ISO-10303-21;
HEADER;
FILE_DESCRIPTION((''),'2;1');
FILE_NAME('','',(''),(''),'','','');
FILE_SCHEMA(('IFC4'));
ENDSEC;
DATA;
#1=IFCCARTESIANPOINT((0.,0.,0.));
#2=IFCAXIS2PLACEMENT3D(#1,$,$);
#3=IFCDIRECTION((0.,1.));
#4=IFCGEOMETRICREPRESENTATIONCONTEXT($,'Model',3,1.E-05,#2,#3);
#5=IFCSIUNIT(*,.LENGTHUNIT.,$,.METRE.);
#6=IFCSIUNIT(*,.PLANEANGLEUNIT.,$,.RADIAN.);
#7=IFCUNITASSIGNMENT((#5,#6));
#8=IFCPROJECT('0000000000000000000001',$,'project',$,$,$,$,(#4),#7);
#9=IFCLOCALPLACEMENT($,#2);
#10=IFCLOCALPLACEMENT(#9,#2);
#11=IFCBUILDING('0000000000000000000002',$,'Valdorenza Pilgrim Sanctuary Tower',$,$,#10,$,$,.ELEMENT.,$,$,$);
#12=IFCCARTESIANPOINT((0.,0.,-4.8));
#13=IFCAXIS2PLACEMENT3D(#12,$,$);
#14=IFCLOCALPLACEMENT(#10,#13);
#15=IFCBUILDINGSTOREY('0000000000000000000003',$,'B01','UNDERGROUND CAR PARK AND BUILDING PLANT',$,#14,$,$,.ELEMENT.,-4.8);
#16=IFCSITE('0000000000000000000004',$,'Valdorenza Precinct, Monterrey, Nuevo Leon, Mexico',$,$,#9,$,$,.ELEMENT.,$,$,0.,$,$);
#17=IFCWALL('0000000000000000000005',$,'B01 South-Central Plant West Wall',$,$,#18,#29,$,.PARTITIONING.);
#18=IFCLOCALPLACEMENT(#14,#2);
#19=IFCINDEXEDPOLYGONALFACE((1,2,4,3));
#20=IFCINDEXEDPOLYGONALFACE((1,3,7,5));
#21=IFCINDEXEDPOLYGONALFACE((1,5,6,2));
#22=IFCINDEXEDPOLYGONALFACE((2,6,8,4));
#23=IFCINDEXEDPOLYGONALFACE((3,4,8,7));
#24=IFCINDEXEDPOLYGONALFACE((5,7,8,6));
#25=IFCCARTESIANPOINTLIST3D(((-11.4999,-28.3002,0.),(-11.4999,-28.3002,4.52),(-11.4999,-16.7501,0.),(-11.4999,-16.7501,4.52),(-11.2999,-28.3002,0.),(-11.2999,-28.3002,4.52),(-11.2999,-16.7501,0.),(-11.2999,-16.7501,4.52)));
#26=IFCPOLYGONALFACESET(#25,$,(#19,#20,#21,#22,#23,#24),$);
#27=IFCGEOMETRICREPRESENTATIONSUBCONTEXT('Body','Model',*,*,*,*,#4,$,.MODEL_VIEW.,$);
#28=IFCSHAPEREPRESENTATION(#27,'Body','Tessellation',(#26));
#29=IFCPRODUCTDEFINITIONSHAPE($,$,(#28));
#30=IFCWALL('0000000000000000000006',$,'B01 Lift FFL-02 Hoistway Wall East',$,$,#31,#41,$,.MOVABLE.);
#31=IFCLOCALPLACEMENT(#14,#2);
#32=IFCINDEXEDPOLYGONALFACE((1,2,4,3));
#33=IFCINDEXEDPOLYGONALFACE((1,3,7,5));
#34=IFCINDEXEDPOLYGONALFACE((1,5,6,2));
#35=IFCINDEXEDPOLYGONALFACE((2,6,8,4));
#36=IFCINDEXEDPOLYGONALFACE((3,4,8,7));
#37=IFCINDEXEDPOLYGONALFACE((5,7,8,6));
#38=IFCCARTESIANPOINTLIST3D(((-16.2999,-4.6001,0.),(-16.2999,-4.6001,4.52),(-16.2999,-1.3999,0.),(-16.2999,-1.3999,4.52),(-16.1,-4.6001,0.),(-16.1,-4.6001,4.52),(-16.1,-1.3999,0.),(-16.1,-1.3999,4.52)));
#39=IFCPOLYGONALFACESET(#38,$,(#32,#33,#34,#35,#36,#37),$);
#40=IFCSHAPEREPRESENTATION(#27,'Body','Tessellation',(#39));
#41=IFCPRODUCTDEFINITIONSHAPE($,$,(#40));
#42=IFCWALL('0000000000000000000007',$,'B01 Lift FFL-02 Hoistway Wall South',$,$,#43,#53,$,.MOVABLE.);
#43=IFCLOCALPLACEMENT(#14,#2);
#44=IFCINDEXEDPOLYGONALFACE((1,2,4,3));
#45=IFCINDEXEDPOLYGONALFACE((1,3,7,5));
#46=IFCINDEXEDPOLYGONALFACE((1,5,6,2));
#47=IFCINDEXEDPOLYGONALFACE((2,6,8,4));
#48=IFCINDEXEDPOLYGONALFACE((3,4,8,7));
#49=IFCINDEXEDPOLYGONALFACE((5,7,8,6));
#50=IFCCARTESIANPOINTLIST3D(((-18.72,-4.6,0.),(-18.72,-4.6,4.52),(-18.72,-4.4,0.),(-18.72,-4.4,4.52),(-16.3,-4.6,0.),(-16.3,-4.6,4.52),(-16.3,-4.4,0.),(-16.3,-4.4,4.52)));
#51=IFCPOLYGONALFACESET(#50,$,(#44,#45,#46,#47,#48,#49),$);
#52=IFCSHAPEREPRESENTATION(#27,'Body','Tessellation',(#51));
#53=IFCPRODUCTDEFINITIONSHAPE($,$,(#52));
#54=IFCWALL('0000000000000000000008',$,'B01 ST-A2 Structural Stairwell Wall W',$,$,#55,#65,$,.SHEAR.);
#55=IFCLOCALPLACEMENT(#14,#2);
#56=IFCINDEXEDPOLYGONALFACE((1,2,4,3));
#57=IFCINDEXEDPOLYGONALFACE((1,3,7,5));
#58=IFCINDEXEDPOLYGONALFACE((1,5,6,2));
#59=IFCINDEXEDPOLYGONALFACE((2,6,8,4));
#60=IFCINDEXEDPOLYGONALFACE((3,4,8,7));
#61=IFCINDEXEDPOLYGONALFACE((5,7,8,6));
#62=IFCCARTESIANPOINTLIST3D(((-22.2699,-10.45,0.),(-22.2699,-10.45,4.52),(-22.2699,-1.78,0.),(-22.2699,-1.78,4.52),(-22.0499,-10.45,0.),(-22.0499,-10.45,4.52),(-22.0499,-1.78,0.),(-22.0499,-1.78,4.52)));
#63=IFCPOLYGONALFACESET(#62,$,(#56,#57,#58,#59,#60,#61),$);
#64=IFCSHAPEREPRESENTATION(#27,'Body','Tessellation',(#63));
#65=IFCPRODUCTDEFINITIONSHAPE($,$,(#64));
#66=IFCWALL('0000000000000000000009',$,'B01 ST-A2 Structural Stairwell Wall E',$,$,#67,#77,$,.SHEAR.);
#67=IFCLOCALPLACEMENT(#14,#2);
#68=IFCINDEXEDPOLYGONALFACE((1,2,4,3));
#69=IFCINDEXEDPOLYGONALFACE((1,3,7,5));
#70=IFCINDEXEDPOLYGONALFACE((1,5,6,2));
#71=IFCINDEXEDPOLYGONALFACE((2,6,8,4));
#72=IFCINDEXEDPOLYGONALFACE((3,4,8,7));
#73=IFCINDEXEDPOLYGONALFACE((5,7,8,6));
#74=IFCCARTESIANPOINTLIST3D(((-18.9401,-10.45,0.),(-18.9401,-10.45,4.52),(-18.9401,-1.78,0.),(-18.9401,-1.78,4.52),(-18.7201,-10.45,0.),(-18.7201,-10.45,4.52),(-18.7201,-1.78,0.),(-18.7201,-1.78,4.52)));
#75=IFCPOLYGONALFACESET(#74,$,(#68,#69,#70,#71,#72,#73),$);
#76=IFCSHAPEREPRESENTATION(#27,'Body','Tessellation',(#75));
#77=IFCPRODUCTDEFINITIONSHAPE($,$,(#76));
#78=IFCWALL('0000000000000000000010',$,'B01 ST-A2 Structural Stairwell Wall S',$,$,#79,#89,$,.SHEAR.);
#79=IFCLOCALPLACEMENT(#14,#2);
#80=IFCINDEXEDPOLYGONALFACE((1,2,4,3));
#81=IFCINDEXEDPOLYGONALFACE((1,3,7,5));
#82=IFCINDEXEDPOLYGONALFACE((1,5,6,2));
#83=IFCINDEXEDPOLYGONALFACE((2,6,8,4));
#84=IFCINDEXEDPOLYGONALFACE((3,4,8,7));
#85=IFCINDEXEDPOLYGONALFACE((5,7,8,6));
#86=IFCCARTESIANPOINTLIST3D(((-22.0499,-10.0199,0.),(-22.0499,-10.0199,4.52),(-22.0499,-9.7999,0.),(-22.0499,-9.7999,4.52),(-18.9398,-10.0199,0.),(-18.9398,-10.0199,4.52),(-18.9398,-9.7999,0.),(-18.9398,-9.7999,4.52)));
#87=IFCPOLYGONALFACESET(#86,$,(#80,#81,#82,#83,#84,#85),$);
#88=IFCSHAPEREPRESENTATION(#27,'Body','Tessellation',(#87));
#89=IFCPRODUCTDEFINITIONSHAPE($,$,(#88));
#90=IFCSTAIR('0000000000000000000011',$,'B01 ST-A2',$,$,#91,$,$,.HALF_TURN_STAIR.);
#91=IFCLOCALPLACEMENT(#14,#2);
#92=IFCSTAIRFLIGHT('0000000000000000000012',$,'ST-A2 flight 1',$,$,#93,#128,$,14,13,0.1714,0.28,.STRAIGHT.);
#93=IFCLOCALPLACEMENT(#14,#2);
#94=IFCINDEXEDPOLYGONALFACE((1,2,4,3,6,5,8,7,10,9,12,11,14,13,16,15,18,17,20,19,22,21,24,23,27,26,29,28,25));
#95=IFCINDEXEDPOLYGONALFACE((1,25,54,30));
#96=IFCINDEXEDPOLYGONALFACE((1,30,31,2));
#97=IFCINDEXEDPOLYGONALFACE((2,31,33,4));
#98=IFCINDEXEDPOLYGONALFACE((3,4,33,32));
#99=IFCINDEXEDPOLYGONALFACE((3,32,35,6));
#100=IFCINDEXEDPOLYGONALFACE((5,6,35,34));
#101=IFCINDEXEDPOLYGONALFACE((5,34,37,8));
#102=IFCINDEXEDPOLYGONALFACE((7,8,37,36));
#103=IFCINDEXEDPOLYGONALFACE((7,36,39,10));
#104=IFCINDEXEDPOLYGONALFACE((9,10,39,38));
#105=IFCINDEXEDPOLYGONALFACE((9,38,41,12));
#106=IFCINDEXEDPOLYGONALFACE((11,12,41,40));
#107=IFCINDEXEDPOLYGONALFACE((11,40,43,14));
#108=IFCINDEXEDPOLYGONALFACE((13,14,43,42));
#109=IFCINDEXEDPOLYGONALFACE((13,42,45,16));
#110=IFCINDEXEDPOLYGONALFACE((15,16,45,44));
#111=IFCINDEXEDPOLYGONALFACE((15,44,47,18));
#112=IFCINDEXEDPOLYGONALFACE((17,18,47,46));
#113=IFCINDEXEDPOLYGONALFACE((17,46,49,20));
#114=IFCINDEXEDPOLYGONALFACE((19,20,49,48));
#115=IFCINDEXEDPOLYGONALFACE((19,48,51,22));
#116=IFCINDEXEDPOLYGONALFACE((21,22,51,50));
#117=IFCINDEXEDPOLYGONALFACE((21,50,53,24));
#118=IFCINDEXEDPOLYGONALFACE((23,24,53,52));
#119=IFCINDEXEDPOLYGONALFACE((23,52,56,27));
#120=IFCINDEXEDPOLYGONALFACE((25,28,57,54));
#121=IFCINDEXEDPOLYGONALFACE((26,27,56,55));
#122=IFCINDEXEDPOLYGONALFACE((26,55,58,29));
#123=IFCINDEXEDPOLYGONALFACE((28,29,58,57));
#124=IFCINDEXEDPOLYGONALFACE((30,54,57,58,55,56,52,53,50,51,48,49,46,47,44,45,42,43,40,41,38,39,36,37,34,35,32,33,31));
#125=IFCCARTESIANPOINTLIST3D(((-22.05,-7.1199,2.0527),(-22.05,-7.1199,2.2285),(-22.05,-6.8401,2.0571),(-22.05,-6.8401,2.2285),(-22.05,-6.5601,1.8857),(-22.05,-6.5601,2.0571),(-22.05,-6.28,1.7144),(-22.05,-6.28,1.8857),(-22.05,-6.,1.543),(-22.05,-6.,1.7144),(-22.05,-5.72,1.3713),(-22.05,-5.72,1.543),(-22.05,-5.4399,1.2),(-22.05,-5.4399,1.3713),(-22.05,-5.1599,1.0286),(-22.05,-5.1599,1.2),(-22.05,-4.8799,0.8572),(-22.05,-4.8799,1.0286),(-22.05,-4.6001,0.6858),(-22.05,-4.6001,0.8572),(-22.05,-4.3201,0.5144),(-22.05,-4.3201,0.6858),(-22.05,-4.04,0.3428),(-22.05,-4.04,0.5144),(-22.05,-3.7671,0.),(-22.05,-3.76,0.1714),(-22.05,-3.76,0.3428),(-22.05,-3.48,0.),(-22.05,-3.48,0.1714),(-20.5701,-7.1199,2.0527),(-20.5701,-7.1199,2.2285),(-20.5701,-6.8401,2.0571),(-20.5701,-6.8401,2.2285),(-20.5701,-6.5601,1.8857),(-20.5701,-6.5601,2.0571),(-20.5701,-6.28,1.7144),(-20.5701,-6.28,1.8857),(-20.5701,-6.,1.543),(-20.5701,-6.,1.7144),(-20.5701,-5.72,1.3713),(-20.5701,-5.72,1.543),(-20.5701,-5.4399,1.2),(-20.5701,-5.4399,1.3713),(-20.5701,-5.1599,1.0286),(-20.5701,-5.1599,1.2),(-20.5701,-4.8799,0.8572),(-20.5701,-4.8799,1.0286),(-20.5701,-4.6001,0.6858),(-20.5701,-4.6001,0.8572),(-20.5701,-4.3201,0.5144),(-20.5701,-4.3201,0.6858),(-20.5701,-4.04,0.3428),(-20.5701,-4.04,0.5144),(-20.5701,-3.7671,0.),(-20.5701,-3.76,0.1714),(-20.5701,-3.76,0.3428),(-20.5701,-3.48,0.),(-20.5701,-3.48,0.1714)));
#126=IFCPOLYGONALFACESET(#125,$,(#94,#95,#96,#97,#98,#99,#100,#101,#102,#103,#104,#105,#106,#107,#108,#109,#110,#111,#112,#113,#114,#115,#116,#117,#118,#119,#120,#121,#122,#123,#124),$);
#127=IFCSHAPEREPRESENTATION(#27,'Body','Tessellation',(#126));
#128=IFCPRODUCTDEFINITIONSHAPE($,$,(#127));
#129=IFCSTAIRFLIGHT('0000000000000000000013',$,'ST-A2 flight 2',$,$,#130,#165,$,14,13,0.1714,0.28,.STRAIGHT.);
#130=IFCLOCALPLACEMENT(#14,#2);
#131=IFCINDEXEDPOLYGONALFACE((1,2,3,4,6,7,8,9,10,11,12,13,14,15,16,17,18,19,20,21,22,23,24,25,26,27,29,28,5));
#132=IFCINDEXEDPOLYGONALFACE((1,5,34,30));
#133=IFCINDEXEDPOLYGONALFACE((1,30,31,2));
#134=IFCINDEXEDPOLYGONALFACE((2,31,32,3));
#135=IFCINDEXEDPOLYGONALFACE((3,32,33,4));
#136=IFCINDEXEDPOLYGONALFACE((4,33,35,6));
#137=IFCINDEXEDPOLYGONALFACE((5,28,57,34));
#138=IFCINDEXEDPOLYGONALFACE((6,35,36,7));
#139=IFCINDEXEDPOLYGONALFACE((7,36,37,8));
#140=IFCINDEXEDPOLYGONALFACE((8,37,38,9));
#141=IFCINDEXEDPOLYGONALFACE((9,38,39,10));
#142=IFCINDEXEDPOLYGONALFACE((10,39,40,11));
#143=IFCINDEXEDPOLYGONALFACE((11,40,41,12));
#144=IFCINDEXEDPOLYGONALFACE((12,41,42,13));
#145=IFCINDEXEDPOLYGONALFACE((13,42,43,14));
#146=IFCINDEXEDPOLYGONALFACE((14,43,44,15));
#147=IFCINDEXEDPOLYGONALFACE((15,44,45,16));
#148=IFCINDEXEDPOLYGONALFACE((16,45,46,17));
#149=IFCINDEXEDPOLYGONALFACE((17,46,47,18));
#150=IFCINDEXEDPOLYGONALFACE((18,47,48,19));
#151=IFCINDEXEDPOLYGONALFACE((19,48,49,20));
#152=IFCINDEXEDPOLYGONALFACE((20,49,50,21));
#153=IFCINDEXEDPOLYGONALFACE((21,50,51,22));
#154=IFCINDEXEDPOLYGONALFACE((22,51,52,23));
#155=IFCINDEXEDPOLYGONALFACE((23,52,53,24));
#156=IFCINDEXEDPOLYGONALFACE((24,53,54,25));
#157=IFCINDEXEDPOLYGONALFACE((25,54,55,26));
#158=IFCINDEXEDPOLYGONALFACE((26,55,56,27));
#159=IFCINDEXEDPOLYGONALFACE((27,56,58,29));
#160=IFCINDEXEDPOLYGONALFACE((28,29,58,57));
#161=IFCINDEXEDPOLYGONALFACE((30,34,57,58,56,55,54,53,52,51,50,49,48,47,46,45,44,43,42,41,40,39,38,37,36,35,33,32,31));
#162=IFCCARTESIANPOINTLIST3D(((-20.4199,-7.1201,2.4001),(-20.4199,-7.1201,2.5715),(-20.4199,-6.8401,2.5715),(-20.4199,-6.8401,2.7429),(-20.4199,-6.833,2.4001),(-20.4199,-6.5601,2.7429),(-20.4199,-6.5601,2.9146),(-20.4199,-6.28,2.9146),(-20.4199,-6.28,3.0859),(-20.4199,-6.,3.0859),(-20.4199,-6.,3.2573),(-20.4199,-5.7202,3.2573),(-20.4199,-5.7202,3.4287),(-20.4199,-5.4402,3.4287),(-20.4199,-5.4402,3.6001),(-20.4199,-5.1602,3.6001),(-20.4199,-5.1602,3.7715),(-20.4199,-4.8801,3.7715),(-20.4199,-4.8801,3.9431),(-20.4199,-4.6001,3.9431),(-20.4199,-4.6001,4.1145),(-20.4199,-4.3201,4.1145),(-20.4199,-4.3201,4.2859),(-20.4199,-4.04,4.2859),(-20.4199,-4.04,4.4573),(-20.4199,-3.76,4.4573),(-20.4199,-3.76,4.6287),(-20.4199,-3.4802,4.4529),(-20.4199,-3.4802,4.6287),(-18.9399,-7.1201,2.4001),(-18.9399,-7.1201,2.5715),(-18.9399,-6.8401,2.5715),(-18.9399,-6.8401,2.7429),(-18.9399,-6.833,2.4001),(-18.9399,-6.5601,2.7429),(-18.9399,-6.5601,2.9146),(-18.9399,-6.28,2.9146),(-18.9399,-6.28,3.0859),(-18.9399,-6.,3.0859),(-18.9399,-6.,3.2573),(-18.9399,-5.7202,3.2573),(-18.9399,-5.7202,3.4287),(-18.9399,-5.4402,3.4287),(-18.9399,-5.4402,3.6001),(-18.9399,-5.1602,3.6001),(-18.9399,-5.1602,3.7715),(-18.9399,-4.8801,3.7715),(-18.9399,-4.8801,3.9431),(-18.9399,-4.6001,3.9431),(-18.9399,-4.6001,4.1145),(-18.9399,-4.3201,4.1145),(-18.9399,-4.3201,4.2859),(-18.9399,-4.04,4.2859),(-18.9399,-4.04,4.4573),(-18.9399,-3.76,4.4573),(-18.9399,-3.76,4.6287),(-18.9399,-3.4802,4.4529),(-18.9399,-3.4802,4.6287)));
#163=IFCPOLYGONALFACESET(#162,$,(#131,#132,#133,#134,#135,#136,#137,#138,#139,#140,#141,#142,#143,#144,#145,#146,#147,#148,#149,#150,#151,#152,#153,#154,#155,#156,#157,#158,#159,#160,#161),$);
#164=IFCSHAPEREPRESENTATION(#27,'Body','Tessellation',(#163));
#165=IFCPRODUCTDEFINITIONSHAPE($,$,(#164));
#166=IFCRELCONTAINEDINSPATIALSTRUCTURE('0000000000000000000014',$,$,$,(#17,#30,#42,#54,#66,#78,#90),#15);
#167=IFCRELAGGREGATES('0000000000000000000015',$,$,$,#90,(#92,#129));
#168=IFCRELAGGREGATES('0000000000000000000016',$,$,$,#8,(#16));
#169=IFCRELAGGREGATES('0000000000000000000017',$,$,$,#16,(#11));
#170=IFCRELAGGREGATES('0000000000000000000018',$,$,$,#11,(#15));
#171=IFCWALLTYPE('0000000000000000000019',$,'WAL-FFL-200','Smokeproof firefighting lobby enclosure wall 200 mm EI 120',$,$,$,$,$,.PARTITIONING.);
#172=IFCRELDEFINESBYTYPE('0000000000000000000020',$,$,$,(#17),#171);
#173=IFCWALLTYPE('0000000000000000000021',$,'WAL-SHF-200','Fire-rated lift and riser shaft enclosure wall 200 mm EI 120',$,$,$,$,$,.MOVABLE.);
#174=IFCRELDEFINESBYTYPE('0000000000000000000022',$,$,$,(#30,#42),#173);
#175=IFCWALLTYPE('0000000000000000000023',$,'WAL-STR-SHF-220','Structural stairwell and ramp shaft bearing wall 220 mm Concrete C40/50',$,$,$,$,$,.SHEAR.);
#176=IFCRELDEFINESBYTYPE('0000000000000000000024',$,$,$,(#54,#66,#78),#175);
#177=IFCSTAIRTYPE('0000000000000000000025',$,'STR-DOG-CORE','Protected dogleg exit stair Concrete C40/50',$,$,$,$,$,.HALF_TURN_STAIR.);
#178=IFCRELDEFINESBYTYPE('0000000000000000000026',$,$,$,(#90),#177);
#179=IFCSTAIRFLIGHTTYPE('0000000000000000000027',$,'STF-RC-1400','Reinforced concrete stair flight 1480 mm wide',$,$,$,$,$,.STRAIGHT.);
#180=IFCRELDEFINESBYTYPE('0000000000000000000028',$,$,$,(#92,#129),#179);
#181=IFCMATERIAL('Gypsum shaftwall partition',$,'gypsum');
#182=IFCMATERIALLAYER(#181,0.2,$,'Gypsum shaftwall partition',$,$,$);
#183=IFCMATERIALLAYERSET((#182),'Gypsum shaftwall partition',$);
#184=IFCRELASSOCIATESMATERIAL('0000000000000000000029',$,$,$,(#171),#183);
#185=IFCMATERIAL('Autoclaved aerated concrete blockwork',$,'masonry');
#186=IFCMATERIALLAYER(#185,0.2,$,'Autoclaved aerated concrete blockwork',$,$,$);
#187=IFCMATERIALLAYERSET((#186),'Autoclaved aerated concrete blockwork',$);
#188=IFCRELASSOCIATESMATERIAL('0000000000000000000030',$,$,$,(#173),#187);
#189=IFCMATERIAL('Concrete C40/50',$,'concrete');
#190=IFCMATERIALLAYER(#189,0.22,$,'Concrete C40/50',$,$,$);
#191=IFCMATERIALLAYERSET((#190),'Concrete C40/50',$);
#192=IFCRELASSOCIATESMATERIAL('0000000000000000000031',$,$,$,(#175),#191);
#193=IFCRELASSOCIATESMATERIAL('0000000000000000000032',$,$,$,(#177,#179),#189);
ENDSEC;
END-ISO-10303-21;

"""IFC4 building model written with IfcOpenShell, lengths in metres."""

from ifc_helpers import new_model, si_unit, direction, frame, frame_2d, origin, place, context, subcontext, project, spatial, polyline, rectangle, outline, extrude, material, layer, layer_set, type_object, element, aggregate, save


model = new_model("IFC4")

# Units and contexts
model_context = context("Model", 3, precision=1e-05, world=origin(), true_north=direction((0.0, 1.0)))
body_context = subcontext(model_context, "Body", "Model", "MODEL_VIEW")
ifc_project = project(units=[si_unit("LENGTHUNIT", "METRE"), si_unit("PLANEANGLEUNIT", "RADIAN")], contexts=[model_context])

# Site, building, storey
site_placement = place(None, origin())
site = spatial("IfcSite", under=ifc_project, at=site_placement, Name="Valdorenza Precinct, Monterrey, Nuevo Leon, Mexico", CompositionType="ELEMENT", RefElevation=0.0)
building_placement = place(site_placement, origin())
building = spatial("IfcBuilding", under=site, at=building_placement, Name="Valdorenza Pilgrim Sanctuary Tower", CompositionType="ELEMENT")
storey_placement = place(building_placement, frame((0.0, 0.0, -4.8)))
storey = spatial("IfcBuildingStorey", under=building, at=storey_placement, Name="B01", Description="UNDERGROUND CAR PARK AND BUILDING PLANT", CompositionType="ELEMENT", Elevation=-4.8)

# Shared definitions
ifc_material_1 = material(Name="Gypsum shaftwall partition", Category="gypsum")
ifc_layer_1 = layer(ifc_material_1, 0.2, Name="Gypsum shaftwall partition")
ifc_layer_set_1 = layer_set([ifc_layer_1], Name="Gypsum shaftwall partition")
wall_type_1 = type_object("IfcWallType", Name="WAL-FFL-200", Description="Smokeproof firefighting lobby enclosure wall 200 mm EI 120", PredefinedType="PARTITIONING", material=ifc_layer_set_1)

# Walls
wall_1_placement = place(storey_placement, frame((-11.3999, -28.3, 0.0), z_axis=(0.0, 0.0, 1.0), x_axis=(0.0, 1.0, 0.0)))
element("IfcWall", 1, at=wall_1_placement, inside=storey, type_object=wall_type_1, Name="B01 South-Central Plant West Wall", PredefinedType="PARTITIONING", context=body_context, shape_type="SweptSolid", body=[
    extrude(rectangle(XDim=11.55, YDim=0.2, at=frame_2d((5.7749, 0.0))), origin(), (0.0, 0.0, 1.0), 4.52),
])
ifc_material_2 = material(Name="Autoclaved aerated concrete blockwork", Category="masonry")
ifc_layer_2 = layer(ifc_material_2, 0.2, Name="Autoclaved aerated concrete blockwork")
ifc_layer_set_2 = layer_set([ifc_layer_2], Name="Autoclaved aerated concrete blockwork")
wall_type_2 = type_object("IfcWallType", Name="WAL-SHF-200", Description="Fire-rated lift and riser shaft enclosure wall 200 mm EI 120", PredefinedType="MOVABLE", material=ifc_layer_set_2)
wall_2_placement = place(storey_placement, frame((-16.2, -4.6001, 0.0), z_axis=(0.0, 0.0, 1.0), x_axis=(0.0, 1.0, 0.0)))
element("IfcWall", 2, at=wall_2_placement, inside=storey, type_object=wall_type_2, Name="B01 Lift FFL-02 Hoistway Wall East", PredefinedType="MOVABLE", context=body_context, shape_type="SweptSolid", body=[
    extrude(rectangle(XDim=3.2002, YDim=0.2, at=frame_2d((1.6001, 0.0))), origin(), (0.0, 0.0, 1.0), 4.52),
])
wall_3_placement = place(storey_placement, frame((-18.72, -4.5, 0.0), z_axis=(0.0, 0.0, 1.0), x_axis=(1.0, 0.0, 0.0)))
element("IfcWall", 3, at=wall_3_placement, inside=storey, type_object=wall_type_2, Name="B01 Lift FFL-02 Hoistway Wall South", PredefinedType="MOVABLE", context=body_context, shape_type="SweptSolid", body=[
    extrude(rectangle(XDim=2.4199, YDim=0.2, at=frame_2d((1.21, 0.0))), origin(), (0.0, 0.0, 1.0), 4.52),
])
ifc_material_3 = material(Name="Concrete C40/50", Category="concrete")
ifc_layer_3 = layer(ifc_material_3, 0.22, Name="Concrete C40/50")
ifc_layer_set_3 = layer_set([ifc_layer_3], Name="Concrete C40/50")
wall_type_3 = type_object("IfcWallType", Name="WAL-STR-SHF-220", Description="Structural stairwell and ramp shaft bearing wall 220 mm Concrete C40/50", PredefinedType="SHEAR", material=ifc_layer_set_3)
for number, where, z_axis, x_axis, name in (
    (4, (-22.1599, -10.45, 0.0), (0.0, 0.0, 1.0), (0.0, 1.0, 0.0), "B01 ST-A2 Structural Stairwell Wall W"),
    (5, (-18.8301, -10.45, 0.0), (0.0, 0.0, 1.0), (0.0, 1.0, 0.0), "B01 ST-A2 Structural Stairwell Wall E"),
):
    element("IfcWall", number, at=place(storey_placement, frame(where, z_axis=z_axis, x_axis=x_axis)), inside=storey, type_object=wall_type_3, Name=name, PredefinedType="SHEAR", context=body_context, shape_type="SweptSolid", body=[
        extrude(rectangle(XDim=8.6699, YDim=0.22, at=frame_2d((4.335, 0.0))), origin(), (0.0, 0.0, 1.0), 4.52),
    ])
wall_4_placement = place(storey_placement, frame((-22.05, -9.9099, 0.0), z_axis=(0.0, 0.0, 1.0), x_axis=(1.0, 0.0, 0.0)))
element("IfcWall", 6, at=wall_4_placement, inside=storey, type_object=wall_type_3, Name="B01 ST-A2 Structural Stairwell Wall S", PredefinedType="SHEAR", context=body_context, shape_type="SweptSolid", body=[
    extrude(rectangle(XDim=3.1101, YDim=0.22, at=frame_2d((1.5552, 0.0))), origin(), (0.0, 0.0, 1.0), 4.52),
])

# Stair, stair flights
stair_type = type_object("IfcStairType", Name="STR-DOG-CORE", Description="Protected dogleg exit stair Concrete C40/50", PredefinedType="HALF_TURN_STAIR", material=ifc_material_3)
stair_placement = place(storey_placement, origin())
stair = element("IfcStair", 7, at=stair_placement, inside=storey, type_object=stair_type, Name="B01 ST-A2", PredefinedType="HALF_TURN_STAIR")
stair_flight_type = type_object("IfcStairFlightType", Name="STF-RC-1400", Description="Reinforced concrete stair flight 1480 mm wide", PredefinedType="STRAIGHT", material=ifc_material_3)
stair_flight_1_placement = place(storey_placement, frame((-21.3101, -3.48, 0.0), z_axis=(0.0, 0.0, 1.0), x_axis=(0.0, -1.0, 0.0)))
stair_flight_1 = element("IfcStairFlight", 8, at=stair_flight_1_placement, type_object=stair_flight_type, Name="ST-A2 flight 1", NumberOfRisers=14, NumberOfTreads=13, PredefinedType="STRAIGHT", RiserHeight=0.1714, TreadLength=0.28, context=body_context, shape_type="SweptSolid", body=[
    extrude(outline(polyline([(0.0, 0.0), (0.0, 0.1714), (0.28, 0.1714), (0.28, 0.3428), (0.5601, 0.3428), (0.5601, 0.5144), (0.8401, 0.5144), (0.8401, 0.6858), (1.1201, 0.6858), (1.1201, 0.8572), (1.3999, 0.8572), (1.3999, 1.0286), (1.6799, 1.0286), (1.6799, 1.2), (1.96, 1.2), (1.96, 1.3713), (2.24, 1.3713), (2.24, 1.543), (2.52, 1.543), (2.52, 1.7144), (2.8, 1.7144), (2.8, 1.8857), (3.0801, 1.8857), (3.0801, 2.0571), (3.3601, 2.0571), (3.3601, 2.2285), (3.6399, 2.2285), (3.6399, 2.3999), (3.6399, 2.0527), (0.2871, 0.0), (0.0, 0.0)])), frame((0.0, 0.74, 0.0), z_axis=(0.0, -1.0, 0.0), x_axis=(1.0, 0.0, 0.0)), (0.0, 0.0, 1.0), 1.48),
])
stair_flight_2_placement = place(storey_placement, frame((-19.6799, -7.1201, 2.4001), z_axis=(0.0, 0.0, 1.0), x_axis=(0.0, 1.0, 0.0)))
stair_flight_2 = element("IfcStairFlight", 9, at=stair_flight_2_placement, type_object=stair_flight_type, Name="ST-A2 flight 2", NumberOfRisers=14, NumberOfTreads=13, PredefinedType="STRAIGHT", RiserHeight=0.1714, TreadLength=0.28, context=body_context, shape_type="SweptSolid", body=[
    extrude(outline(polyline([(0.0, 0.0), (0.0, 0.1714), (0.28, 0.1714), (0.28, 0.3428), (0.5601, 0.3428), (0.5601, 0.5144), (0.8401, 0.5144), (0.8401, 0.6858), (1.1201, 0.6858), (1.1201, 0.8572), (1.3999, 0.8572), (1.3999, 1.0286), (1.6799, 1.0286), (1.6799, 1.2), (1.96, 1.2), (1.96, 1.3713), (2.24, 1.3713), (2.24, 1.543), (2.52, 1.543), (2.52, 1.7144), (2.8, 1.7144), (2.8, 1.8857), (3.0801, 1.8857), (3.0801, 2.0571), (3.3601, 2.0571), (3.3601, 2.2285), (3.6399, 2.2285), (3.6399, 2.3999), (3.6399, 2.0527), (0.2871, 0.0), (0.0, 0.0)])), frame((0.0, 0.74, 0.0), z_axis=(0.0, -1.0, 0.0), x_axis=(1.0, 0.0, 0.0)), (0.0, 0.0, 1.0), 1.48),
])
aggregate(stair, [stair_flight_1, stair_flight_2])

save(model, "model.ifc")
